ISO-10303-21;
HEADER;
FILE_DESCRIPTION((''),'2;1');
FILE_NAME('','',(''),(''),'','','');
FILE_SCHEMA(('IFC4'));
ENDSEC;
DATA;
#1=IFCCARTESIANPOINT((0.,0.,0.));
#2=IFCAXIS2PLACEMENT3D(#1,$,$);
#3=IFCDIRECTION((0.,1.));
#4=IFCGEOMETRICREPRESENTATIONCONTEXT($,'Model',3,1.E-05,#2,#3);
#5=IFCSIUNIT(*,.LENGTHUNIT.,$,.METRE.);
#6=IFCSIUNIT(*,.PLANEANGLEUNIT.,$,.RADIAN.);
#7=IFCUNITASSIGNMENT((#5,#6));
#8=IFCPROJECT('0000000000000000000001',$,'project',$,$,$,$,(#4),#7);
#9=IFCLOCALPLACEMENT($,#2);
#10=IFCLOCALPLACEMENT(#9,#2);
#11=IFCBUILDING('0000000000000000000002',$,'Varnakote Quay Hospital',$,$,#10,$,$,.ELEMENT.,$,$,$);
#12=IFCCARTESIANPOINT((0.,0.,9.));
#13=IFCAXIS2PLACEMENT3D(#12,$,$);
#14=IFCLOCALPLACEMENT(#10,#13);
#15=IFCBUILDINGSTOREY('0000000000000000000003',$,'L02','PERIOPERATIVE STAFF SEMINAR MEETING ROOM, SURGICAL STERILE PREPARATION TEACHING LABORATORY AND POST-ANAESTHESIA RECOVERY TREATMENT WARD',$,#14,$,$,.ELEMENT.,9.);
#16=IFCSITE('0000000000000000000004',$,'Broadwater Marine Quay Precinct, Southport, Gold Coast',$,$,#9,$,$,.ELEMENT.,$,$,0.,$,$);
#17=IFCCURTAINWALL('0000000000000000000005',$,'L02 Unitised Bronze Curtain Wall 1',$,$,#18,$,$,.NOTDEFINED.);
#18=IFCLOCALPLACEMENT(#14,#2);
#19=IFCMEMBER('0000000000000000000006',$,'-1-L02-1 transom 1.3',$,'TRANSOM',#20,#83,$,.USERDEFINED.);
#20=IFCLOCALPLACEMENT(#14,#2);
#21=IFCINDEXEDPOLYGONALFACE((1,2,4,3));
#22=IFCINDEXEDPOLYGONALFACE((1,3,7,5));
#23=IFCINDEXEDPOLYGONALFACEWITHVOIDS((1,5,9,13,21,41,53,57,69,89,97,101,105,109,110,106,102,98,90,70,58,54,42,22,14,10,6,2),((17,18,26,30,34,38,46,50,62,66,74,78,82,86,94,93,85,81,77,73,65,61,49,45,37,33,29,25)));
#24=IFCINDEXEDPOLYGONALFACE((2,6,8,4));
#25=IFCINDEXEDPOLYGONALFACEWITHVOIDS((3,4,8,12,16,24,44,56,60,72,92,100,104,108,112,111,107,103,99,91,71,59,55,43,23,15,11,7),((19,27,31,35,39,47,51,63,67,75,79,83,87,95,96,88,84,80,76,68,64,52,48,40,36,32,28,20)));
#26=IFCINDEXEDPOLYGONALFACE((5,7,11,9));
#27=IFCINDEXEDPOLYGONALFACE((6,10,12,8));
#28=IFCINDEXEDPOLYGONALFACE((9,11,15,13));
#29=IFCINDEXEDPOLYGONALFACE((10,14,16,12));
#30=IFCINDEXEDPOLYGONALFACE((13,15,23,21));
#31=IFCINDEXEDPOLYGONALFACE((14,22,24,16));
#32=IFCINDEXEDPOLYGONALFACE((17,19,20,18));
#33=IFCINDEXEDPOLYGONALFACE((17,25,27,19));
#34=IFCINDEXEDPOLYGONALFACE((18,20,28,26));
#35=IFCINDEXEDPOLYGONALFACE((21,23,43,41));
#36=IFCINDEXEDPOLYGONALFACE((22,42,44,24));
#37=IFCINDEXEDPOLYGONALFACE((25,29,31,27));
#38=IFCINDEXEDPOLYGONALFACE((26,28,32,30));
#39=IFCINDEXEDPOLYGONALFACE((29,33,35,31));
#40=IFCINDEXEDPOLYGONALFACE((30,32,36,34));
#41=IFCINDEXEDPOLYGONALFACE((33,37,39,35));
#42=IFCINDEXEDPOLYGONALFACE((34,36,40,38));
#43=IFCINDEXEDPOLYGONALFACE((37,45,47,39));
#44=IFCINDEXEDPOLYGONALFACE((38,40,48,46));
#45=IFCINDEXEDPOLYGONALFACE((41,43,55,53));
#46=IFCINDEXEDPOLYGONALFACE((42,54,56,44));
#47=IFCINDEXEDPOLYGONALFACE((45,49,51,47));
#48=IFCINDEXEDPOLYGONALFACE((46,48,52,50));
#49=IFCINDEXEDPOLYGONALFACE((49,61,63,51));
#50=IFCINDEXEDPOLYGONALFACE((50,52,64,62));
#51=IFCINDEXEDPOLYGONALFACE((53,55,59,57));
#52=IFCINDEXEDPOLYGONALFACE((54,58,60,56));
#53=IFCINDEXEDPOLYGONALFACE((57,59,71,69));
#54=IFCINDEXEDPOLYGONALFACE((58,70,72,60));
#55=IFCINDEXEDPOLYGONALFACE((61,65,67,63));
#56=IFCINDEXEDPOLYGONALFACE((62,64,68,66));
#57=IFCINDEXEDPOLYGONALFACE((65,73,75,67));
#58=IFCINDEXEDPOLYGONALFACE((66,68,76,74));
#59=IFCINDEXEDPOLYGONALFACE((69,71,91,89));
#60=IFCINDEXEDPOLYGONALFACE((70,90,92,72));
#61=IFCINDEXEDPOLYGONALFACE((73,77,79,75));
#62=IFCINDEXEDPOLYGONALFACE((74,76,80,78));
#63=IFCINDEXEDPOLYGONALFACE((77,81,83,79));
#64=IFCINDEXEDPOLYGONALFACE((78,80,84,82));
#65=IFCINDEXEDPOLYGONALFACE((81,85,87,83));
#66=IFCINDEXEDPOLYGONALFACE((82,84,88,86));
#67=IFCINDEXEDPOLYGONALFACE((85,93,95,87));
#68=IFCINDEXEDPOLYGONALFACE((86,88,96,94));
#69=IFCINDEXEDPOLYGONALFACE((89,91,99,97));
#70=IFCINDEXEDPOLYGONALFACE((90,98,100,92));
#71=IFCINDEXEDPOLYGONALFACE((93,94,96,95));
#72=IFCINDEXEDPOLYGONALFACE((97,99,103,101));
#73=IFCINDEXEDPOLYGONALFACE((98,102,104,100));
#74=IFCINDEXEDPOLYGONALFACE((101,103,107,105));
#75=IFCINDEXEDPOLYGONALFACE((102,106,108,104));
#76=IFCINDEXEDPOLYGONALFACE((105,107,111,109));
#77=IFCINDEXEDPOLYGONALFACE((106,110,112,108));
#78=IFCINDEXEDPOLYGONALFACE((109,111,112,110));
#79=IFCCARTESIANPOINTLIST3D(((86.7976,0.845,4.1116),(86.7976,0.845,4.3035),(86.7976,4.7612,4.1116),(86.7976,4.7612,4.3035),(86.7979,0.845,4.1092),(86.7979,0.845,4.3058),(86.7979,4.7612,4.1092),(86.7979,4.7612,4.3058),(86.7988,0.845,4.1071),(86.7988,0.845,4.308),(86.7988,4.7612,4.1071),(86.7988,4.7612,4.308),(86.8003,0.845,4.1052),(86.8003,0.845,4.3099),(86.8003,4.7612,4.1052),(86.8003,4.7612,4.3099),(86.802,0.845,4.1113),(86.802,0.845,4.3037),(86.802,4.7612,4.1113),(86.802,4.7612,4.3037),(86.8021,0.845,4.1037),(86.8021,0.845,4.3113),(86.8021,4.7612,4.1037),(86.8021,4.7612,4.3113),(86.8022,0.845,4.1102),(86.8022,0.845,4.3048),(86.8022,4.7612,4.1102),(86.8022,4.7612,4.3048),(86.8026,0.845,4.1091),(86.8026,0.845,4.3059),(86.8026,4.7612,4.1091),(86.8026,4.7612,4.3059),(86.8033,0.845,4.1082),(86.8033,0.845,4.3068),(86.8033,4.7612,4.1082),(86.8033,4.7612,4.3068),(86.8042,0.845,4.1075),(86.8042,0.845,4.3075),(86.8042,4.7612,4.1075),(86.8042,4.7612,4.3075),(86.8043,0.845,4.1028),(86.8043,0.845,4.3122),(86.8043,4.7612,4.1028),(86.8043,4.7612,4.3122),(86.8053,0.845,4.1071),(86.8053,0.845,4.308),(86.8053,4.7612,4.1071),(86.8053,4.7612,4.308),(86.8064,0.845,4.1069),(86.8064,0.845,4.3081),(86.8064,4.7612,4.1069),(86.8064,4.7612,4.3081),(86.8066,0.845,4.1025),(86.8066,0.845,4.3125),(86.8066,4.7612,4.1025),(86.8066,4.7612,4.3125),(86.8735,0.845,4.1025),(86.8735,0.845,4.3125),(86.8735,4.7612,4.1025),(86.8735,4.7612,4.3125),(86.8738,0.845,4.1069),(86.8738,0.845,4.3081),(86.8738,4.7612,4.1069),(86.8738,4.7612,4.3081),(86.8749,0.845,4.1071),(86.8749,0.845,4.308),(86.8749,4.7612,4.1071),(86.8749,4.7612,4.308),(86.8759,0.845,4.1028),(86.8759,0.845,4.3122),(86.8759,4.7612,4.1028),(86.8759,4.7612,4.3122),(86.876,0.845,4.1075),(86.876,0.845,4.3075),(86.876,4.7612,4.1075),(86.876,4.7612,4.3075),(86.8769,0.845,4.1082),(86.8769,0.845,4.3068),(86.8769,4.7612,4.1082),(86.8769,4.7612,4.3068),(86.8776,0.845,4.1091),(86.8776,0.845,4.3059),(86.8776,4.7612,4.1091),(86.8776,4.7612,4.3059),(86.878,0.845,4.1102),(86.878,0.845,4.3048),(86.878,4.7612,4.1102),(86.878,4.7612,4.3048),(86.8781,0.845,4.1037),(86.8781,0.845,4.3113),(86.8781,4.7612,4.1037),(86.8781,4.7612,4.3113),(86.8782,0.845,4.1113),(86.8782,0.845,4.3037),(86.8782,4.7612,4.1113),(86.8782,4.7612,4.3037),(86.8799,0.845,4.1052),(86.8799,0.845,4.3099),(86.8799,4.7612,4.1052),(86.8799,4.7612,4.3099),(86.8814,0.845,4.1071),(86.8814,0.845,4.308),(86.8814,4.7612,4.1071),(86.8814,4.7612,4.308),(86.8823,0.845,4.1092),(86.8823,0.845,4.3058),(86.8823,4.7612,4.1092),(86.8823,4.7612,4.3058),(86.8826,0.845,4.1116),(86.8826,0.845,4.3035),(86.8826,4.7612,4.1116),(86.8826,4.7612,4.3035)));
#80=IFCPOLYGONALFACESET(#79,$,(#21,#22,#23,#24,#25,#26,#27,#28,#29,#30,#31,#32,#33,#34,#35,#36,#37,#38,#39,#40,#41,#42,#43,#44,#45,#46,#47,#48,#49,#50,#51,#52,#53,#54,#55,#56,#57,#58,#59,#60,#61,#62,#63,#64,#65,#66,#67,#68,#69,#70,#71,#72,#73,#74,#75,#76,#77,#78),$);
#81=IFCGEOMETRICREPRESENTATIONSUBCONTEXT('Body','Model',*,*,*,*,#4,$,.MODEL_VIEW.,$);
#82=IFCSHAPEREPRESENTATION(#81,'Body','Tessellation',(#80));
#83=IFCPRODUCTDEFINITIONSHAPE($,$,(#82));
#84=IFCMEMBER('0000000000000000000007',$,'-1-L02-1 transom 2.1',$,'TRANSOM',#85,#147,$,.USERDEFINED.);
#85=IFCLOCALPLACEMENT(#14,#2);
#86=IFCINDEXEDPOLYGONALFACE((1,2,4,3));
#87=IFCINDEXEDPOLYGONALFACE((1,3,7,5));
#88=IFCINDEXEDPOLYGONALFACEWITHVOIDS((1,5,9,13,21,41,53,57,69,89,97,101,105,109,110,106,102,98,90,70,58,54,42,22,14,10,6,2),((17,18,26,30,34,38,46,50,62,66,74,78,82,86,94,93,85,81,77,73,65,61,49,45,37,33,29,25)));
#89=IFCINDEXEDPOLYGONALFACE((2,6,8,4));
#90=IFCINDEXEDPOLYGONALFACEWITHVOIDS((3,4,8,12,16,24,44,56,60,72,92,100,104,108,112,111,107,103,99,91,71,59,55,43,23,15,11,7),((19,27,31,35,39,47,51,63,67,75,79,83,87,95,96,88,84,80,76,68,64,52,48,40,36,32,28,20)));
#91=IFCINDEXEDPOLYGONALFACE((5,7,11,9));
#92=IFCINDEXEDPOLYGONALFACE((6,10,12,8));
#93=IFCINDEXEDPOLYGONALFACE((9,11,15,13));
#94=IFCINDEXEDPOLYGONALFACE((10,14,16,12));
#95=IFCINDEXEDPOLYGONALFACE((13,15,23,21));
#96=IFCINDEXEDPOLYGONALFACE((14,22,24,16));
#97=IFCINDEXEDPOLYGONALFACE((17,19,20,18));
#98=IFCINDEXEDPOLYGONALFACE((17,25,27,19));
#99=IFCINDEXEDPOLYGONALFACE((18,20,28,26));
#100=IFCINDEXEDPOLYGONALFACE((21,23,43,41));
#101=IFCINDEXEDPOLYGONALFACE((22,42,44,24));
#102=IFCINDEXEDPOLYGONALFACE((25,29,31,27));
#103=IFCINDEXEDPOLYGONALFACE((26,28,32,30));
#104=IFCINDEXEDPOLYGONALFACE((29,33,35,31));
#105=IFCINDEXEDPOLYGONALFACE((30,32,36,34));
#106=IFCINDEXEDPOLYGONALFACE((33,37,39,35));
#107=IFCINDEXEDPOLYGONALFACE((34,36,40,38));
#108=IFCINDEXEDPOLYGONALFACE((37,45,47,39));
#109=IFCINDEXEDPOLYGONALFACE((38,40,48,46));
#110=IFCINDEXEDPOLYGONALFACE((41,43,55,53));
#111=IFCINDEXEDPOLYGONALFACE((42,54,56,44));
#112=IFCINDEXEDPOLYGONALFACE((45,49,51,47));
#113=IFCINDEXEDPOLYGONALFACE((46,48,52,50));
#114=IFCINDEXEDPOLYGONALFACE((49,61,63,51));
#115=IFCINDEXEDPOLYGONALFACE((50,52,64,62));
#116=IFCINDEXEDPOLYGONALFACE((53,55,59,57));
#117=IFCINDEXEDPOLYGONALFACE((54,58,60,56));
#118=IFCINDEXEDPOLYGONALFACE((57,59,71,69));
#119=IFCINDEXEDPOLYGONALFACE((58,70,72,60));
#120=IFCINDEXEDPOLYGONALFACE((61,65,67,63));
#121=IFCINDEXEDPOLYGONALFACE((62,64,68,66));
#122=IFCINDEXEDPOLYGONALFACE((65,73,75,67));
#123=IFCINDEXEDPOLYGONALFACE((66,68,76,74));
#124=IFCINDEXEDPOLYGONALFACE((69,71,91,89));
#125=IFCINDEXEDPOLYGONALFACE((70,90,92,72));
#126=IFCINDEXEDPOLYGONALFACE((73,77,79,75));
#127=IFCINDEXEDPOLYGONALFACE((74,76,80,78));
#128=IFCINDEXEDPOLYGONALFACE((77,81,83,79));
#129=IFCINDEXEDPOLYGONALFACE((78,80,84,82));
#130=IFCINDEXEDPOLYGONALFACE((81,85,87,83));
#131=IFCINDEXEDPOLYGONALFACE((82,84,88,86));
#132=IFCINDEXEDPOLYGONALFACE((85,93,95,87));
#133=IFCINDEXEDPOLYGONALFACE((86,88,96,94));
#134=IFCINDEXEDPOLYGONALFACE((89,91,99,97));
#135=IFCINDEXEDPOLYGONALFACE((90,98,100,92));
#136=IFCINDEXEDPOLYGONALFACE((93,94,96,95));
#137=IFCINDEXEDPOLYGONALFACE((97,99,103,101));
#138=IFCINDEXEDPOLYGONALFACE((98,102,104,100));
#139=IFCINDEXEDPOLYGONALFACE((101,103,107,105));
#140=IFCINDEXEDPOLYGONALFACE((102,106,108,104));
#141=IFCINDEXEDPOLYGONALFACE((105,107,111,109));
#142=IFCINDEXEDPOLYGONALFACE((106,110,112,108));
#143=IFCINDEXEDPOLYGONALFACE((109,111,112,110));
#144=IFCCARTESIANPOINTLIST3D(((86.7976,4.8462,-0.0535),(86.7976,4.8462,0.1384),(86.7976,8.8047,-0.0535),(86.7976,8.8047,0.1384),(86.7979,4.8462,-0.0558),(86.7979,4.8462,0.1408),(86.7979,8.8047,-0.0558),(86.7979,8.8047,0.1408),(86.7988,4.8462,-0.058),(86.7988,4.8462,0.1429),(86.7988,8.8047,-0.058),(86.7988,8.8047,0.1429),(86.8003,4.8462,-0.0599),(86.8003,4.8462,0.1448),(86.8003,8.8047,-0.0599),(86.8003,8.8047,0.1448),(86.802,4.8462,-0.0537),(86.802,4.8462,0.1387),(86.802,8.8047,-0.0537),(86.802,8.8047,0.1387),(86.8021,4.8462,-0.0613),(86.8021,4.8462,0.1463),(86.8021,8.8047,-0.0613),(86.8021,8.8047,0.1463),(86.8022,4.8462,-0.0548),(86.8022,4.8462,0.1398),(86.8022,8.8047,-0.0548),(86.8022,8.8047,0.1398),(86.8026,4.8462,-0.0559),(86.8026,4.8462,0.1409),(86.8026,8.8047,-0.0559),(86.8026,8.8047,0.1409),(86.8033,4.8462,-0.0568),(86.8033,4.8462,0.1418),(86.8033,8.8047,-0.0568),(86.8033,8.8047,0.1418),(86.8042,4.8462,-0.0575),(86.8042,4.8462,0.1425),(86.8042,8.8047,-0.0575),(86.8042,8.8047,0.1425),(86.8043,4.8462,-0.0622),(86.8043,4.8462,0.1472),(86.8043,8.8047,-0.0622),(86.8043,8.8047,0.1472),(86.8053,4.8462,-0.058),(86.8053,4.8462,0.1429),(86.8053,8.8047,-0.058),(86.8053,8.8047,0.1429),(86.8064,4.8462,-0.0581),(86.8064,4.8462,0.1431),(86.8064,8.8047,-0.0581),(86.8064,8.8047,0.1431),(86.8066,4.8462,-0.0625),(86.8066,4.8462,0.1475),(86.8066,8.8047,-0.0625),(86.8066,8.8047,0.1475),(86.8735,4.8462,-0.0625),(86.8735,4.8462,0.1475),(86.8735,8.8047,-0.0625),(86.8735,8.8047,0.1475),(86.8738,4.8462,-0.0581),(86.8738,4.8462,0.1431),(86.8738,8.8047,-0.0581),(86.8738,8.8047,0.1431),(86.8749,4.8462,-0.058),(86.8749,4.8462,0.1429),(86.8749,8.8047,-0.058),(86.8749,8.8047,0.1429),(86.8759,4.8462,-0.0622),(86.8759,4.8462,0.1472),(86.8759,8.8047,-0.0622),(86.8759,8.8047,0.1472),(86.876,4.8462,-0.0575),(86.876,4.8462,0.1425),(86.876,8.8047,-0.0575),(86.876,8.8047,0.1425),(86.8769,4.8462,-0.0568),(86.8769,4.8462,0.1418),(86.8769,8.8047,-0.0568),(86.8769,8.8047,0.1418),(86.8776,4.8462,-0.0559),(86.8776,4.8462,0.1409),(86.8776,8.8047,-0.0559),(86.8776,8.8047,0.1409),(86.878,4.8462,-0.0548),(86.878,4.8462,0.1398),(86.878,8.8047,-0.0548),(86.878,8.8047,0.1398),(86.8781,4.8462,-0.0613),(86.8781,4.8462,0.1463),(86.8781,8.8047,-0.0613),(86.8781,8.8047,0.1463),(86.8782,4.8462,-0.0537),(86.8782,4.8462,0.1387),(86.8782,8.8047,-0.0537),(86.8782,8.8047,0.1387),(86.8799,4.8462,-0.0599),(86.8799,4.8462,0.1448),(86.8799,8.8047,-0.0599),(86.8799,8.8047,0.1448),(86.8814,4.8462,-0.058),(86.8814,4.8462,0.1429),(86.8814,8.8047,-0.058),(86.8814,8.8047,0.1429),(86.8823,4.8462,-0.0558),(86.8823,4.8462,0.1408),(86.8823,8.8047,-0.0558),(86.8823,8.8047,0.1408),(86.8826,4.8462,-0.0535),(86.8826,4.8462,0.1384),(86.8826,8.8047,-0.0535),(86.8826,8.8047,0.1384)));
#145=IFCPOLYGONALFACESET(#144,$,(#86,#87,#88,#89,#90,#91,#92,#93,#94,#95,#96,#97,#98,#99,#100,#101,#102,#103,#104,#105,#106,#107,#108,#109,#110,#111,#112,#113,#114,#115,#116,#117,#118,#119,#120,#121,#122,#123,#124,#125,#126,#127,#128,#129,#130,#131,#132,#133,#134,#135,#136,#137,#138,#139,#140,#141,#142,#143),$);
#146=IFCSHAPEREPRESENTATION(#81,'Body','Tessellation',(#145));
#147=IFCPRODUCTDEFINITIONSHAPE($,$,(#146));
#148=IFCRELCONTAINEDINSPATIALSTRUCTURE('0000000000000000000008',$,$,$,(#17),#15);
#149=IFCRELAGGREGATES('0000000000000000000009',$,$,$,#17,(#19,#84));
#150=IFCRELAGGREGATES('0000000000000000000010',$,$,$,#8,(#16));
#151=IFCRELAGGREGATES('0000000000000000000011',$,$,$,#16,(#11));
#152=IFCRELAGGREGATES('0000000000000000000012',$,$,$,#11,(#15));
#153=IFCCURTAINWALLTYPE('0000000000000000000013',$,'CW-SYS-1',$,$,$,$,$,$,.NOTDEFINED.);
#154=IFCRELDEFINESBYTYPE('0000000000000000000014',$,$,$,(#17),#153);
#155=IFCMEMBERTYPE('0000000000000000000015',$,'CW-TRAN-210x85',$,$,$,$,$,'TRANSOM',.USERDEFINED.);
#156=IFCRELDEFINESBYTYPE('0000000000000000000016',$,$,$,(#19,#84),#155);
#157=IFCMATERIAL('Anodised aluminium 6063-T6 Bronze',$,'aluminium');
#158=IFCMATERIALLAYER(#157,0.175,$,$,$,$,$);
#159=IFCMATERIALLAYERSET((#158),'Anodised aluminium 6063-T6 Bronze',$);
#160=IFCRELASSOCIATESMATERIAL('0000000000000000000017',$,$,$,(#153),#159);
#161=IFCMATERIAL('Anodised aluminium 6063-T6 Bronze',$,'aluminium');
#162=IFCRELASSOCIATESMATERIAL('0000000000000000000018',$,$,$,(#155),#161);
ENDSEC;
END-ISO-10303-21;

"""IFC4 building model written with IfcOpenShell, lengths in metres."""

from ifc_helpers import new_model, si_unit, direction, frame, origin, origin_2d, place, context, subcontext, project, spatial, hollow_rectangle, extrude, material, layer, layer_set, material_profile, profile_set, type_object, element, aggregate, save


model = new_model("IFC4")

# Units and contexts
model_context = context("Model", 3, precision=1e-05, world=origin(), true_north=direction((0.0, 1.0)))
body_context = subcontext(model_context, "Body", "Model", "MODEL_VIEW")
ifc_project = project(units=[si_unit("LENGTHUNIT", "METRE"), si_unit("PLANEANGLEUNIT", "RADIAN")], contexts=[model_context])

# Site, building, storey
site_placement = place(None, origin())
site = spatial("IfcSite", under=ifc_project, at=site_placement, Name="Broadwater Marine Quay Precinct, Southport, Gold Coast", CompositionType="ELEMENT", RefElevation=0.0)
building_placement = place(site_placement, origin())
building = spatial("IfcBuilding", under=site, at=building_placement, Name="Varnakote Quay Hospital", CompositionType="ELEMENT")
storey_placement = place(building_placement, frame((0.0, 0.0, 9.0)))
storey = spatial("IfcBuildingStorey", under=building, at=storey_placement, Name="L02", Description="PERIOPERATIVE STAFF SEMINAR MEETING ROOM, SURGICAL STERILE PREPARATION TEACHING LABORATORY AND POST-ANAESTHESIA RECOVERY TREATMENT WARD", CompositionType="ELEMENT", Elevation=9.0)

# Curtain wall, members
ifc_material_1 = material(Name="Anodised aluminium 6063-T6 Bronze", Category="aluminium")
ifc_layer_1 = layer(ifc_material_1, 0.175)
ifc_layer_set_1 = layer_set([ifc_layer_1], Name="Anodised aluminium 6063-T6 Bronze")
curtain_wall_type = type_object("IfcCurtainWallType", Name="CW-SYS-1", PredefinedType="NOTDEFINED", material=ifc_layer_set_1)
curtain_wall_placement = place(storey_placement, origin())
curtain_wall = element("IfcCurtainWall", 1, at=curtain_wall_placement, inside=storey, type_object=curtain_wall_type, Name="L02 Unitised Bronze Curtain Wall 1", PredefinedType="NOTDEFINED")
ifc_material_2 = material(Name="Anodised aluminium 6063-T6 Bronze", Category="aluminium")
ifc_material_profile_1 = material_profile(ifc_material_2, hollow_rectangle(XDim=0.085, YDim=0.21, WallThickness=0.0044, InnerFilletRadius=0.0044, OuterFilletRadius=0.009, at=origin_2d()), Name="CW-TRAN-210x85")
ifc_profile_set_1 = profile_set([ifc_material_profile_1], Name="Anodised aluminium 6063-T6 Bronze")
member_type_1 = type_object("IfcMemberType", Name="CW-TRAN-210x85", ElementType="TRANSOM", PredefinedType="USERDEFINED", material=ifc_profile_set_1)
member_1_placement = place(storey_placement, frame((86.8401, 0.845, 4.2075), z_axis=(0.0, 1.0, 0.0), x_axis=(-1.0, 0.0, 0.0)))
member_1 = element("IfcMember", 2, at=member_1_placement, type_object=member_type_1, Name="-1-L02-1 transom 1.3", ObjectType="TRANSOM", PredefinedType="USERDEFINED", context=body_context, shape_type="SweptSolid", body=[
    extrude(hollow_rectangle(XDim=0.085, YDim=0.21, WallThickness=0.0044, InnerFilletRadius=0.0044, OuterFilletRadius=0.009, at=origin_2d()), origin(), (0.0, 0.0, 1.0), 3.9163),
])
member_2_placement = place(storey_placement, frame((86.8401, 4.8462, 0.0425), z_axis=(0.0, 1.0, 0.0), x_axis=(-1.0, 0.0, 0.0)))
member_2 = element("IfcMember", 3, at=member_2_placement, type_object=member_type_1, Name="-1-L02-1 transom 2.1", ObjectType="TRANSOM", PredefinedType="USERDEFINED", context=body_context, shape_type="SweptSolid", body=[
    extrude(hollow_rectangle(XDim=0.085, YDim=0.21, WallThickness=0.0044, InnerFilletRadius=0.0044, OuterFilletRadius=0.009, at=origin_2d()), origin(), (0.0, 0.0, 1.0), 3.9585),
])
aggregate(curtain_wall, [member_1, member_2])

save(model, "model.ifc")
